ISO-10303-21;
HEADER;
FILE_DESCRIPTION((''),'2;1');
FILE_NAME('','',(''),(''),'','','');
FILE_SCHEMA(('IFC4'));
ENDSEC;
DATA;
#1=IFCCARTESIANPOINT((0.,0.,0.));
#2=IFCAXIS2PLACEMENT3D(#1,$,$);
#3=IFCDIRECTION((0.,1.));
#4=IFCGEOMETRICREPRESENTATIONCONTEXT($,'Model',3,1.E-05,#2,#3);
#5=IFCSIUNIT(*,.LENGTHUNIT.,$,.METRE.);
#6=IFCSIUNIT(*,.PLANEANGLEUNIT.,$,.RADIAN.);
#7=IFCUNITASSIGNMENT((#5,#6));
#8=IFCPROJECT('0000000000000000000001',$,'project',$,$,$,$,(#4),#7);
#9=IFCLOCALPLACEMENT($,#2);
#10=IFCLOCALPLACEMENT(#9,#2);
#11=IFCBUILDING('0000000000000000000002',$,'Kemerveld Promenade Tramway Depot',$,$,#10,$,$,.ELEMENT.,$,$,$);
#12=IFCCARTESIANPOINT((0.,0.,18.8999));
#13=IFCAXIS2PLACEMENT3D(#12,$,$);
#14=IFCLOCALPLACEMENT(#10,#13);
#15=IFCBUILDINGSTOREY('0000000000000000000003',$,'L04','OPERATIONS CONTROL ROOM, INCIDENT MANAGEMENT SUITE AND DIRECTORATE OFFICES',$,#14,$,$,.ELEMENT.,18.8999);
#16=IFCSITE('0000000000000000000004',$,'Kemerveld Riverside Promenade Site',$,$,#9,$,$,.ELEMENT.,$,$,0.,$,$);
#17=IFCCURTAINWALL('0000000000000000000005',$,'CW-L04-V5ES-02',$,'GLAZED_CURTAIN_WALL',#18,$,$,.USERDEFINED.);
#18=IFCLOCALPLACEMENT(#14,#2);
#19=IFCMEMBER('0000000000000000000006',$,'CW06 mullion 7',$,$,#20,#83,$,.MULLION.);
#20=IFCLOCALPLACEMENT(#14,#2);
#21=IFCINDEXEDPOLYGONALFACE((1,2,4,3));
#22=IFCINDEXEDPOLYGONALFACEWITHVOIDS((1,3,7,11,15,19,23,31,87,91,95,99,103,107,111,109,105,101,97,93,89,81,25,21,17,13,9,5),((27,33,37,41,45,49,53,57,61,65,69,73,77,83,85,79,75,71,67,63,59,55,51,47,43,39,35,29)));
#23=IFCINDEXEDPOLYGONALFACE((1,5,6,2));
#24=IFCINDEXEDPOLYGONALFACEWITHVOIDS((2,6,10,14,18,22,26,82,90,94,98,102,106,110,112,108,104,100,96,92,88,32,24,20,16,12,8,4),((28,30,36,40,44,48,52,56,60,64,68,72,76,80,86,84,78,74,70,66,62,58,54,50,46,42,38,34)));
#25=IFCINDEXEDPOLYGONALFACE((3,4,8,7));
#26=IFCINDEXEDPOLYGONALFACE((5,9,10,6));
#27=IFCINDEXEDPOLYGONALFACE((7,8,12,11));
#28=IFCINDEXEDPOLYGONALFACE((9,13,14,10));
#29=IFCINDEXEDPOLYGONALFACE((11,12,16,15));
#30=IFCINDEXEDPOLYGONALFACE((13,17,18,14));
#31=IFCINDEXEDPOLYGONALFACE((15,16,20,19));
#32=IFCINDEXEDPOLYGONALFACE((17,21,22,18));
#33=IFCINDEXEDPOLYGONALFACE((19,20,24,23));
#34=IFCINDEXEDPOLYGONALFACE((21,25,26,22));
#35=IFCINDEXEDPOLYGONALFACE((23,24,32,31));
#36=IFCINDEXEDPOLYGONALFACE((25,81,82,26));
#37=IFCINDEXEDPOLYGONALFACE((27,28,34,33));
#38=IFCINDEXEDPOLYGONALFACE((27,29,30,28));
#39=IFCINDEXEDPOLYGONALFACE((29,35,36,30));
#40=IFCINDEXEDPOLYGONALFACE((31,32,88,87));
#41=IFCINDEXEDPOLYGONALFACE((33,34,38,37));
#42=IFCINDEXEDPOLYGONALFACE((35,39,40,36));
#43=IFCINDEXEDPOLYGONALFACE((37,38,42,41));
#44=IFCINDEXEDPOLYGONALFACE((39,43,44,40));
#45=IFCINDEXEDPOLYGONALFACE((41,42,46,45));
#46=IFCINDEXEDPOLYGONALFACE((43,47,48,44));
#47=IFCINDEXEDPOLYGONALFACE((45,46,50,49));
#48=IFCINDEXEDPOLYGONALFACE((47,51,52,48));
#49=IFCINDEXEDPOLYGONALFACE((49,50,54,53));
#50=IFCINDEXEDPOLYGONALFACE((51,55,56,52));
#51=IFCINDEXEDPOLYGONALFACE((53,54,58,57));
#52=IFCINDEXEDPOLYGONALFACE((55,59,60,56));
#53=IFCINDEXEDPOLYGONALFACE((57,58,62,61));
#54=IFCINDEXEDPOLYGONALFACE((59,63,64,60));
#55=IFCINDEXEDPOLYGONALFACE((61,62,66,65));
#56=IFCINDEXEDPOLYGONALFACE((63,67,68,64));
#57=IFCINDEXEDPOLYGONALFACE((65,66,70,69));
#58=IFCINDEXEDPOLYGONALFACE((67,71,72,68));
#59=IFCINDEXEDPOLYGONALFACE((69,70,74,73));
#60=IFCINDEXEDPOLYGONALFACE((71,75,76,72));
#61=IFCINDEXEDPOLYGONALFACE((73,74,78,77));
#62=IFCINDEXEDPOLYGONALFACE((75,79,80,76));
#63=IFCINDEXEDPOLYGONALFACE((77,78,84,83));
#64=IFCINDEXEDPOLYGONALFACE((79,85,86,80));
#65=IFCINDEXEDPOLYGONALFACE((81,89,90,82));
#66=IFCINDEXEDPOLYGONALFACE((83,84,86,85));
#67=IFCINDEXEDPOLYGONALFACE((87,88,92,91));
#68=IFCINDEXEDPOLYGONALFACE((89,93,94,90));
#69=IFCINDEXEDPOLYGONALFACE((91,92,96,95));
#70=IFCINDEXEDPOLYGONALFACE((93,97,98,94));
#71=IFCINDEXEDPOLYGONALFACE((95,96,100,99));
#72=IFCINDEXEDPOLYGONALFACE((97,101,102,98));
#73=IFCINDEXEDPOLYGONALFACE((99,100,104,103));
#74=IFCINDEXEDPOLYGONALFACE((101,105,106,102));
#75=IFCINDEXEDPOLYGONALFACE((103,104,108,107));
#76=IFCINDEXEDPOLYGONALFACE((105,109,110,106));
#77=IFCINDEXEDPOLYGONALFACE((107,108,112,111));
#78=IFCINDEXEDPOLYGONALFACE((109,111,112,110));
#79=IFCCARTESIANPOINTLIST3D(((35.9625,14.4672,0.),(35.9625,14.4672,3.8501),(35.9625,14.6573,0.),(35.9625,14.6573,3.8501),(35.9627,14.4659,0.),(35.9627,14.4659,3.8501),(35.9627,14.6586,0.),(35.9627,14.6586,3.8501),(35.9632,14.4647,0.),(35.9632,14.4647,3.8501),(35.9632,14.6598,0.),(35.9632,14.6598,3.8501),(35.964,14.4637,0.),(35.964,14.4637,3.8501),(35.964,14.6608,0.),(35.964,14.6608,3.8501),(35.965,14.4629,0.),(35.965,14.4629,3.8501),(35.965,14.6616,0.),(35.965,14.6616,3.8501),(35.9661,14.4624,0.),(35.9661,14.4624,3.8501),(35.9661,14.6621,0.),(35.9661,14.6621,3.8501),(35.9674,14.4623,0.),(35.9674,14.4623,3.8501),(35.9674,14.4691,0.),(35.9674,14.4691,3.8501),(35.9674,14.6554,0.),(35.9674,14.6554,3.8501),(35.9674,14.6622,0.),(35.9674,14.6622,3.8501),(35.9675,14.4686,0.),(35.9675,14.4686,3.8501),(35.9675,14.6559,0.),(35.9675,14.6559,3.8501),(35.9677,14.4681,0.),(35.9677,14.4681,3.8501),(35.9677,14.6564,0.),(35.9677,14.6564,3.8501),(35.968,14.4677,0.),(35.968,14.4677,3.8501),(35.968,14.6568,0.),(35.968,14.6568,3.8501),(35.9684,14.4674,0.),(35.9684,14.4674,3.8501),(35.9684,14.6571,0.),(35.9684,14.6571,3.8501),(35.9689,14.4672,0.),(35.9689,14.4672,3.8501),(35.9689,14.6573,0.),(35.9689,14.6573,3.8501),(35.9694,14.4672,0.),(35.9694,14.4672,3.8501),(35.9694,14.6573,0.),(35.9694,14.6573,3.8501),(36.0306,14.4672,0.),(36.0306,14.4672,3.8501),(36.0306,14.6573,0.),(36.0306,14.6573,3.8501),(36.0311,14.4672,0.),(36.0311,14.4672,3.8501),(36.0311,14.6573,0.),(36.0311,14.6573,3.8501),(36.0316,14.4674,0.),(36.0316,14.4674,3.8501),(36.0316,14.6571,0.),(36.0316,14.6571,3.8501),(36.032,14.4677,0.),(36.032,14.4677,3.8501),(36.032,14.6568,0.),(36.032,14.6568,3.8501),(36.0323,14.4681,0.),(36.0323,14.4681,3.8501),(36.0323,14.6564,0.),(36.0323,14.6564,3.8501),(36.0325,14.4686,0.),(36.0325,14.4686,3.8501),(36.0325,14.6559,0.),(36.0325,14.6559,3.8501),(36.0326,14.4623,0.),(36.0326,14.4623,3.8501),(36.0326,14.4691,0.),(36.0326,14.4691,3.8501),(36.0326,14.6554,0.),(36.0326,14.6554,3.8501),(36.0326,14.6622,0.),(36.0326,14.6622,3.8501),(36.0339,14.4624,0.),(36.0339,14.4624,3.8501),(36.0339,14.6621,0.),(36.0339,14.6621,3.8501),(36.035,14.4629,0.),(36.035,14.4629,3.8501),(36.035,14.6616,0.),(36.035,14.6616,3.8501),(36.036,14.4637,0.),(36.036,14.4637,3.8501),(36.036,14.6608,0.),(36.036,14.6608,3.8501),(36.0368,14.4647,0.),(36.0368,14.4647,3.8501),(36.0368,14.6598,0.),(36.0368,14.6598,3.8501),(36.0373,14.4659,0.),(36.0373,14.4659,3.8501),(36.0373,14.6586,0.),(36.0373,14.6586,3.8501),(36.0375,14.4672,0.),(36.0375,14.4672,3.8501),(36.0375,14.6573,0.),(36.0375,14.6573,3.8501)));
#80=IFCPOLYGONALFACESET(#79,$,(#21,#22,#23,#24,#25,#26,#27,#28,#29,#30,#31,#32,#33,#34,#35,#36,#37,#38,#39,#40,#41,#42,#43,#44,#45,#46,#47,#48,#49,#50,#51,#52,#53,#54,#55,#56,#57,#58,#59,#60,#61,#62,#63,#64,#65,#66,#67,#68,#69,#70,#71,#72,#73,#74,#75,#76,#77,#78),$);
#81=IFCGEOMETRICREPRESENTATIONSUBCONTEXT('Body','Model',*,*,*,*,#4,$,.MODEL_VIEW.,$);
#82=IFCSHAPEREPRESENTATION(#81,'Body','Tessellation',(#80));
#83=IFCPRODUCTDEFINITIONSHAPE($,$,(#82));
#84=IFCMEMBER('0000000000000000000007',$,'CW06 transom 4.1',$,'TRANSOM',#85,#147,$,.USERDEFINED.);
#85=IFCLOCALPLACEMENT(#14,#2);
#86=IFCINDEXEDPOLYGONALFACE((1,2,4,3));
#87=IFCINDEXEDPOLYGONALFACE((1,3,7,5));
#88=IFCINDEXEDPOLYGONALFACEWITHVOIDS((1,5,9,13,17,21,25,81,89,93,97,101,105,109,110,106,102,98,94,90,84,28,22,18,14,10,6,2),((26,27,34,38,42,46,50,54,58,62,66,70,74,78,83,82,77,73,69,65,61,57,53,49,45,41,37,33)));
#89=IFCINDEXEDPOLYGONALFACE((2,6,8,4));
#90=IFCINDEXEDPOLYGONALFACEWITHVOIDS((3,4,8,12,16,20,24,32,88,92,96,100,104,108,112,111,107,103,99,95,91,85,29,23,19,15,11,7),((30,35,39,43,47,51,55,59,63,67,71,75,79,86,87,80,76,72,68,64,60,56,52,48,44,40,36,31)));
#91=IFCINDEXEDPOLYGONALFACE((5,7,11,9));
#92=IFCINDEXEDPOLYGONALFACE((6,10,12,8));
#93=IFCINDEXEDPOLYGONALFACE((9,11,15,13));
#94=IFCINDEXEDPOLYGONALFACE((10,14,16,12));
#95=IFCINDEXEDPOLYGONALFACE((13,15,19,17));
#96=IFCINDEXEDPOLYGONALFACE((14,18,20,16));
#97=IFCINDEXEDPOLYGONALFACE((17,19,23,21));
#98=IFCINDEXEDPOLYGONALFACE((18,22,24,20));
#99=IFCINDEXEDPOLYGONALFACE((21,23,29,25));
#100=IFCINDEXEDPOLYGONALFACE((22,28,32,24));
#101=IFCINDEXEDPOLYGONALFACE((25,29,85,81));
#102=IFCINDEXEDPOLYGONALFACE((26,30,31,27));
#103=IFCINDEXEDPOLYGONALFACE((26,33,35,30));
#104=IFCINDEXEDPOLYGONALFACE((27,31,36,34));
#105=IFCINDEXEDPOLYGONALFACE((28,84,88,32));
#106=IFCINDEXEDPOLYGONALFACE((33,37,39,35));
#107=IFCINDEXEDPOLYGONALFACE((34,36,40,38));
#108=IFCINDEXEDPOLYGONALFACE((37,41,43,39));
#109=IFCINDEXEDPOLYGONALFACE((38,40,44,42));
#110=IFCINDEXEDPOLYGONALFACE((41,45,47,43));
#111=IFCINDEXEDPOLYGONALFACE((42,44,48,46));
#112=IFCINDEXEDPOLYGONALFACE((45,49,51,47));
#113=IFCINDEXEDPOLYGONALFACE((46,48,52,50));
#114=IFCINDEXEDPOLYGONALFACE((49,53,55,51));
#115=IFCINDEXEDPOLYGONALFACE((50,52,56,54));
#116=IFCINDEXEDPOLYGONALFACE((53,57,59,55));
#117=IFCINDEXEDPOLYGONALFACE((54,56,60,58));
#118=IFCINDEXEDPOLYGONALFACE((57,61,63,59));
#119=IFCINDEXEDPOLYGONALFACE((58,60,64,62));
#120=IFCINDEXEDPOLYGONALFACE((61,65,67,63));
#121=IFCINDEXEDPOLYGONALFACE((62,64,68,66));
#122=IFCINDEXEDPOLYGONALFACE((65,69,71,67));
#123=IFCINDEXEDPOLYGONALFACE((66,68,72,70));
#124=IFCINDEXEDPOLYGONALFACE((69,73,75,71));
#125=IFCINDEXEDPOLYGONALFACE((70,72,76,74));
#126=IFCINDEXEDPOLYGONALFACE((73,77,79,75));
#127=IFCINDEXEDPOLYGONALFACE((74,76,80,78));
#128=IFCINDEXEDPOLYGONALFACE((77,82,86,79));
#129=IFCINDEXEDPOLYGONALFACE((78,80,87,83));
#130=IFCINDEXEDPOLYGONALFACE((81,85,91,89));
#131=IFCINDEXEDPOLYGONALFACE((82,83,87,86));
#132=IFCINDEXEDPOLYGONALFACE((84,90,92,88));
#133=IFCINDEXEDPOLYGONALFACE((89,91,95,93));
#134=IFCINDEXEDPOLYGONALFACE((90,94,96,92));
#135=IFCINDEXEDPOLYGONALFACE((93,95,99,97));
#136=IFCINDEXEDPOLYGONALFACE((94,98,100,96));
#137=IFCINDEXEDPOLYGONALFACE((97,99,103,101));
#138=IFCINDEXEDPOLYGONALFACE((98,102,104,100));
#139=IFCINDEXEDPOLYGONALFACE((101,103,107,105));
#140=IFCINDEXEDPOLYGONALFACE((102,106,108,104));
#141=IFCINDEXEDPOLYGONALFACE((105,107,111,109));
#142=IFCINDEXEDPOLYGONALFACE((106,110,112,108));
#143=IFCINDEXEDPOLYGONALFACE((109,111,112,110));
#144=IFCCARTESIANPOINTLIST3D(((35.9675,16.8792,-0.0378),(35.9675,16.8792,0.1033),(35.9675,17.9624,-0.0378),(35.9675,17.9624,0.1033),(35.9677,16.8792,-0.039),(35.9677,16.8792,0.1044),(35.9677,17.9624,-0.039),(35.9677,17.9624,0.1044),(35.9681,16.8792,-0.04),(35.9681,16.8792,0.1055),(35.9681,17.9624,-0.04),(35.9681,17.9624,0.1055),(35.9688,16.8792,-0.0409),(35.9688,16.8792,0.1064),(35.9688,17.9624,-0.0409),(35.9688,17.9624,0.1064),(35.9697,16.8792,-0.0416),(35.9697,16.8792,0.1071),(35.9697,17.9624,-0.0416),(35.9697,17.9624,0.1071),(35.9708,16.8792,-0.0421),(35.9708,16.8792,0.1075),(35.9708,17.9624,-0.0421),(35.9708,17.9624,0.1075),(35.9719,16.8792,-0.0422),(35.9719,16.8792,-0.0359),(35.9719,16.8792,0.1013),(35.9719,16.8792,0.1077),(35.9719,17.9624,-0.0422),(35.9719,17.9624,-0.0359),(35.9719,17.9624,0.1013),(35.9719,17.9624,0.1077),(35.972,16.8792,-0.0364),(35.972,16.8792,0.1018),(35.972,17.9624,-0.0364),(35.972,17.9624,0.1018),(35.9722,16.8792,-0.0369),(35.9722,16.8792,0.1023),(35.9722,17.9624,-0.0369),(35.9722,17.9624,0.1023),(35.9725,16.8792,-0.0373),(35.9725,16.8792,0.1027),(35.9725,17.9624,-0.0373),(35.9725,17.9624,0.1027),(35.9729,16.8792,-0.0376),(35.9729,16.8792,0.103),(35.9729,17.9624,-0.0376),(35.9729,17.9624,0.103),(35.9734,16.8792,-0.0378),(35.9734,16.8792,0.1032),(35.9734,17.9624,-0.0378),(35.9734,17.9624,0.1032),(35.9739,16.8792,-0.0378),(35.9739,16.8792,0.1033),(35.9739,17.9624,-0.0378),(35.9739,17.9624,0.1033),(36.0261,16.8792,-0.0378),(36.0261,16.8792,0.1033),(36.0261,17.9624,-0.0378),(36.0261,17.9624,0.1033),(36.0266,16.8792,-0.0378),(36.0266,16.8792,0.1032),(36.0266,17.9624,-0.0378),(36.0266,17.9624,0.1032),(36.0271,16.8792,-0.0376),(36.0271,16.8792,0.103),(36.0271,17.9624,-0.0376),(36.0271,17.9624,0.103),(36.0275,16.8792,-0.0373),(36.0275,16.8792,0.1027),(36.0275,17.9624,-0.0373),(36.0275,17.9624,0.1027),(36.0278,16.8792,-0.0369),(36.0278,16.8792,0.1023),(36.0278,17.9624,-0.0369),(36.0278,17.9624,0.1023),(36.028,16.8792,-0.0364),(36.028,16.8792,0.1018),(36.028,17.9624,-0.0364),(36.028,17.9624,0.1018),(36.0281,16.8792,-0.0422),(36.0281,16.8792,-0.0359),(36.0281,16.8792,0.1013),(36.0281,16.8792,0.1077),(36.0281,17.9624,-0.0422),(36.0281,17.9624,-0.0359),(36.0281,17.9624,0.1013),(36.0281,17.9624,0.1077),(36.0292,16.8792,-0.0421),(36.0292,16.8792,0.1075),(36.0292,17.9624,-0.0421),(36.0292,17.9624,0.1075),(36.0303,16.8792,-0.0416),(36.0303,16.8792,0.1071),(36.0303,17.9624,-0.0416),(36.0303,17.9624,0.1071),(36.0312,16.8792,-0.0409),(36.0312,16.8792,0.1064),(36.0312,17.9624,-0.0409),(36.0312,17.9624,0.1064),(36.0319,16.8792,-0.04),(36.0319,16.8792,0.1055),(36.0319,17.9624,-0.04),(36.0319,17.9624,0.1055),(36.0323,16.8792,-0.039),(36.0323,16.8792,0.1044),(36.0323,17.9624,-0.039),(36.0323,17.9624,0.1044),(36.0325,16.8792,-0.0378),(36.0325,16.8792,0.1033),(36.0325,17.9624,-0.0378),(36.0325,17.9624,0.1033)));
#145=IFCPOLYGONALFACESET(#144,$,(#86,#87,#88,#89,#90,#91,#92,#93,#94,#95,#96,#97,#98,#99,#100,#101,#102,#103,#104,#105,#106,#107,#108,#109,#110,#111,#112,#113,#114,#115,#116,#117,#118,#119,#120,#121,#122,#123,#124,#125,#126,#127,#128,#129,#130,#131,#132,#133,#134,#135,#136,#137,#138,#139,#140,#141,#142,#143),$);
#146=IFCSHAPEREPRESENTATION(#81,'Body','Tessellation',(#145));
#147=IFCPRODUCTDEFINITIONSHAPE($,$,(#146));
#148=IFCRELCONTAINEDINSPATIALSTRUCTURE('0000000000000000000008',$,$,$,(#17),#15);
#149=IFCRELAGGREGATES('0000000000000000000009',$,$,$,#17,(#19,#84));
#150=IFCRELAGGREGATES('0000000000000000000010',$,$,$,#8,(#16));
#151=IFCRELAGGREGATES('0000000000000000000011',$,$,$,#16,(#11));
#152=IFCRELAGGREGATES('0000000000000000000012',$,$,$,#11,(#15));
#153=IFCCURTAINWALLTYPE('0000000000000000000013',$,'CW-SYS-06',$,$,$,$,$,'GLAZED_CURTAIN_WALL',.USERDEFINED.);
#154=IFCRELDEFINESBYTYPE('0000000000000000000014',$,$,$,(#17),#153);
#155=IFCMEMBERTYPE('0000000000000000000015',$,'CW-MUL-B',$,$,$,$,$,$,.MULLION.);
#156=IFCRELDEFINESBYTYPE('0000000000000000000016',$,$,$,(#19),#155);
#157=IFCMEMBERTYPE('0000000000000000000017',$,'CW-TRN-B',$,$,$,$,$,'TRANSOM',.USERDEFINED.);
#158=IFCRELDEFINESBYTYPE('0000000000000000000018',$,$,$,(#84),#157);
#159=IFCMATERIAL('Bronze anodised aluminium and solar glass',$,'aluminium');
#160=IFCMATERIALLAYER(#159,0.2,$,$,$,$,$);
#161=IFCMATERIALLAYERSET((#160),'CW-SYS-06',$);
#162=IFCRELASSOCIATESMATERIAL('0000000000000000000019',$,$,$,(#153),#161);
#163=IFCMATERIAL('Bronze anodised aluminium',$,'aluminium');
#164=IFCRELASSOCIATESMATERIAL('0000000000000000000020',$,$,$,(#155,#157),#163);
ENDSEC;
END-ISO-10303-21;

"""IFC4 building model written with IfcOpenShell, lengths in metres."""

from ifc_helpers import new_model, si_unit, direction, frame, origin, origin_2d, place, context, subcontext, project, spatial, hollow_rectangle, extrude, material, layer, layer_set, material_profile, profile_set, type_object, element, aggregate, save


model = new_model("IFC4")

# Units and contexts
model_context = context("Model", 3, precision=1e-05, world=origin(), true_north=direction((0.0, 1.0)))
body_context = subcontext(model_context, "Body", "Model", "MODEL_VIEW")
ifc_project = project(units=[si_unit("LENGTHUNIT", "METRE"), si_unit("PLANEANGLEUNIT", "RADIAN")], contexts=[model_context])

# Site, building, storey
site_placement = place(None, origin())
site = spatial("IfcSite", under=ifc_project, at=site_placement, Name="Kemerveld Riverside Promenade Site", CompositionType="ELEMENT", RefElevation=0.0)
building_placement = place(site_placement, origin())
building = spatial("IfcBuilding", under=site, at=building_placement, Name="Kemerveld Promenade Tramway Depot", CompositionType="ELEMENT")
storey_placement = place(building_placement, frame((0.0, 0.0, 18.8999)))
storey = spatial("IfcBuildingStorey", under=building, at=storey_placement, Name="L04", Description="OPERATIONS CONTROL ROOM, INCIDENT MANAGEMENT SUITE AND DIRECTORATE OFFICES", CompositionType="ELEMENT", Elevation=18.8999)

# Curtain wall, members
ifc_material_1 = material(Name="Bronze anodised aluminium and solar glass", Category="aluminium")
ifc_layer_1 = layer(ifc_material_1, 0.2)
ifc_layer_set_1 = layer_set([ifc_layer_1], Name="CW-SYS-06")
curtain_wall_type = type_object("IfcCurtainWallType", Name="CW-SYS-06", ElementType="GLAZED_CURTAIN_WALL", PredefinedType="USERDEFINED", material=ifc_layer_set_1)
curtain_wall_placement = place(storey_placement, origin())
curtain_wall = element("IfcCurtainWall", 1, at=curtain_wall_placement, inside=storey, type_object=curtain_wall_type, Name="CW-L04-V5ES-02", ObjectType="GLAZED_CURTAIN_WALL", PredefinedType="USERDEFINED")
ifc_material_2 = material(Name="Bronze anodised aluminium", Category="aluminium")
ifc_material_profile_1 = material_profile(ifc_material_2, hollow_rectangle(XDim=0.075, YDim=0.2, WallThickness=0.0049, InnerFilletRadius=0.002, OuterFilletRadius=0.0049, at=origin_2d()), Name="CW-MUL-200x75")
ifc_profile_set_1 = profile_set([ifc_material_profile_1], Name="Bronze anodised aluminium")
member_type_1 = type_object("IfcMemberType", Name="CW-MUL-B", PredefinedType="MULLION", material=ifc_profile_set_1)
member_1_placement = place(storey_placement, frame((36.0, 14.5623, 0.0), z_axis=(0.0, 0.0, 1.0), x_axis=(1.0, 0.0, 0.0)))
member_1 = element("IfcMember", 2, at=member_1_placement, type_object=member_type_1, Name="CW06 mullion 7", PredefinedType="MULLION", context=body_context, shape_type="SweptSolid", body=[
    extrude(hollow_rectangle(XDim=0.075, YDim=0.2, WallThickness=0.0049, InnerFilletRadius=0.002, OuterFilletRadius=0.0049, at=origin_2d()), origin(), (0.0, 0.0, 1.0), 3.8501),
])
ifc_material_profile_2 = material_profile(ifc_material_2, hollow_rectangle(XDim=0.0649, YDim=0.1499, WallThickness=0.0044, InnerFilletRadius=0.002, OuterFilletRadius=0.0044, at=origin_2d()), Name="CW-TRN-150x65")
ifc_profile_set_2 = profile_set([ifc_material_profile_2], Name="Bronze anodised aluminium")
member_type_2 = type_object("IfcMemberType", Name="CW-TRN-B", ElementType="TRANSOM", PredefinedType="USERDEFINED", material=ifc_profile_set_2)
member_2_placement = place(storey_placement, frame((36.0, 17.9624, 0.0327), z_axis=(0.0, -1.0, 0.0), x_axis=(1.0, 0.0, 0.0)))
member_2 = element("IfcMember", 3, at=member_2_placement, type_object=member_type_2, Name="CW06 transom 4.1", ObjectType="TRANSOM", PredefinedType="USERDEFINED", context=body_context, shape_type="SweptSolid", body=[
    extrude(hollow_rectangle(XDim=0.0649, YDim=0.1499, WallThickness=0.0044, InnerFilletRadius=0.002, OuterFilletRadius=0.0044, at=origin_2d()), origin(), (0.0, 0.0, 1.0), 1.0833),
])
aggregate(curtain_wall, [member_1, member_2])

save(model, "model.ifc")
